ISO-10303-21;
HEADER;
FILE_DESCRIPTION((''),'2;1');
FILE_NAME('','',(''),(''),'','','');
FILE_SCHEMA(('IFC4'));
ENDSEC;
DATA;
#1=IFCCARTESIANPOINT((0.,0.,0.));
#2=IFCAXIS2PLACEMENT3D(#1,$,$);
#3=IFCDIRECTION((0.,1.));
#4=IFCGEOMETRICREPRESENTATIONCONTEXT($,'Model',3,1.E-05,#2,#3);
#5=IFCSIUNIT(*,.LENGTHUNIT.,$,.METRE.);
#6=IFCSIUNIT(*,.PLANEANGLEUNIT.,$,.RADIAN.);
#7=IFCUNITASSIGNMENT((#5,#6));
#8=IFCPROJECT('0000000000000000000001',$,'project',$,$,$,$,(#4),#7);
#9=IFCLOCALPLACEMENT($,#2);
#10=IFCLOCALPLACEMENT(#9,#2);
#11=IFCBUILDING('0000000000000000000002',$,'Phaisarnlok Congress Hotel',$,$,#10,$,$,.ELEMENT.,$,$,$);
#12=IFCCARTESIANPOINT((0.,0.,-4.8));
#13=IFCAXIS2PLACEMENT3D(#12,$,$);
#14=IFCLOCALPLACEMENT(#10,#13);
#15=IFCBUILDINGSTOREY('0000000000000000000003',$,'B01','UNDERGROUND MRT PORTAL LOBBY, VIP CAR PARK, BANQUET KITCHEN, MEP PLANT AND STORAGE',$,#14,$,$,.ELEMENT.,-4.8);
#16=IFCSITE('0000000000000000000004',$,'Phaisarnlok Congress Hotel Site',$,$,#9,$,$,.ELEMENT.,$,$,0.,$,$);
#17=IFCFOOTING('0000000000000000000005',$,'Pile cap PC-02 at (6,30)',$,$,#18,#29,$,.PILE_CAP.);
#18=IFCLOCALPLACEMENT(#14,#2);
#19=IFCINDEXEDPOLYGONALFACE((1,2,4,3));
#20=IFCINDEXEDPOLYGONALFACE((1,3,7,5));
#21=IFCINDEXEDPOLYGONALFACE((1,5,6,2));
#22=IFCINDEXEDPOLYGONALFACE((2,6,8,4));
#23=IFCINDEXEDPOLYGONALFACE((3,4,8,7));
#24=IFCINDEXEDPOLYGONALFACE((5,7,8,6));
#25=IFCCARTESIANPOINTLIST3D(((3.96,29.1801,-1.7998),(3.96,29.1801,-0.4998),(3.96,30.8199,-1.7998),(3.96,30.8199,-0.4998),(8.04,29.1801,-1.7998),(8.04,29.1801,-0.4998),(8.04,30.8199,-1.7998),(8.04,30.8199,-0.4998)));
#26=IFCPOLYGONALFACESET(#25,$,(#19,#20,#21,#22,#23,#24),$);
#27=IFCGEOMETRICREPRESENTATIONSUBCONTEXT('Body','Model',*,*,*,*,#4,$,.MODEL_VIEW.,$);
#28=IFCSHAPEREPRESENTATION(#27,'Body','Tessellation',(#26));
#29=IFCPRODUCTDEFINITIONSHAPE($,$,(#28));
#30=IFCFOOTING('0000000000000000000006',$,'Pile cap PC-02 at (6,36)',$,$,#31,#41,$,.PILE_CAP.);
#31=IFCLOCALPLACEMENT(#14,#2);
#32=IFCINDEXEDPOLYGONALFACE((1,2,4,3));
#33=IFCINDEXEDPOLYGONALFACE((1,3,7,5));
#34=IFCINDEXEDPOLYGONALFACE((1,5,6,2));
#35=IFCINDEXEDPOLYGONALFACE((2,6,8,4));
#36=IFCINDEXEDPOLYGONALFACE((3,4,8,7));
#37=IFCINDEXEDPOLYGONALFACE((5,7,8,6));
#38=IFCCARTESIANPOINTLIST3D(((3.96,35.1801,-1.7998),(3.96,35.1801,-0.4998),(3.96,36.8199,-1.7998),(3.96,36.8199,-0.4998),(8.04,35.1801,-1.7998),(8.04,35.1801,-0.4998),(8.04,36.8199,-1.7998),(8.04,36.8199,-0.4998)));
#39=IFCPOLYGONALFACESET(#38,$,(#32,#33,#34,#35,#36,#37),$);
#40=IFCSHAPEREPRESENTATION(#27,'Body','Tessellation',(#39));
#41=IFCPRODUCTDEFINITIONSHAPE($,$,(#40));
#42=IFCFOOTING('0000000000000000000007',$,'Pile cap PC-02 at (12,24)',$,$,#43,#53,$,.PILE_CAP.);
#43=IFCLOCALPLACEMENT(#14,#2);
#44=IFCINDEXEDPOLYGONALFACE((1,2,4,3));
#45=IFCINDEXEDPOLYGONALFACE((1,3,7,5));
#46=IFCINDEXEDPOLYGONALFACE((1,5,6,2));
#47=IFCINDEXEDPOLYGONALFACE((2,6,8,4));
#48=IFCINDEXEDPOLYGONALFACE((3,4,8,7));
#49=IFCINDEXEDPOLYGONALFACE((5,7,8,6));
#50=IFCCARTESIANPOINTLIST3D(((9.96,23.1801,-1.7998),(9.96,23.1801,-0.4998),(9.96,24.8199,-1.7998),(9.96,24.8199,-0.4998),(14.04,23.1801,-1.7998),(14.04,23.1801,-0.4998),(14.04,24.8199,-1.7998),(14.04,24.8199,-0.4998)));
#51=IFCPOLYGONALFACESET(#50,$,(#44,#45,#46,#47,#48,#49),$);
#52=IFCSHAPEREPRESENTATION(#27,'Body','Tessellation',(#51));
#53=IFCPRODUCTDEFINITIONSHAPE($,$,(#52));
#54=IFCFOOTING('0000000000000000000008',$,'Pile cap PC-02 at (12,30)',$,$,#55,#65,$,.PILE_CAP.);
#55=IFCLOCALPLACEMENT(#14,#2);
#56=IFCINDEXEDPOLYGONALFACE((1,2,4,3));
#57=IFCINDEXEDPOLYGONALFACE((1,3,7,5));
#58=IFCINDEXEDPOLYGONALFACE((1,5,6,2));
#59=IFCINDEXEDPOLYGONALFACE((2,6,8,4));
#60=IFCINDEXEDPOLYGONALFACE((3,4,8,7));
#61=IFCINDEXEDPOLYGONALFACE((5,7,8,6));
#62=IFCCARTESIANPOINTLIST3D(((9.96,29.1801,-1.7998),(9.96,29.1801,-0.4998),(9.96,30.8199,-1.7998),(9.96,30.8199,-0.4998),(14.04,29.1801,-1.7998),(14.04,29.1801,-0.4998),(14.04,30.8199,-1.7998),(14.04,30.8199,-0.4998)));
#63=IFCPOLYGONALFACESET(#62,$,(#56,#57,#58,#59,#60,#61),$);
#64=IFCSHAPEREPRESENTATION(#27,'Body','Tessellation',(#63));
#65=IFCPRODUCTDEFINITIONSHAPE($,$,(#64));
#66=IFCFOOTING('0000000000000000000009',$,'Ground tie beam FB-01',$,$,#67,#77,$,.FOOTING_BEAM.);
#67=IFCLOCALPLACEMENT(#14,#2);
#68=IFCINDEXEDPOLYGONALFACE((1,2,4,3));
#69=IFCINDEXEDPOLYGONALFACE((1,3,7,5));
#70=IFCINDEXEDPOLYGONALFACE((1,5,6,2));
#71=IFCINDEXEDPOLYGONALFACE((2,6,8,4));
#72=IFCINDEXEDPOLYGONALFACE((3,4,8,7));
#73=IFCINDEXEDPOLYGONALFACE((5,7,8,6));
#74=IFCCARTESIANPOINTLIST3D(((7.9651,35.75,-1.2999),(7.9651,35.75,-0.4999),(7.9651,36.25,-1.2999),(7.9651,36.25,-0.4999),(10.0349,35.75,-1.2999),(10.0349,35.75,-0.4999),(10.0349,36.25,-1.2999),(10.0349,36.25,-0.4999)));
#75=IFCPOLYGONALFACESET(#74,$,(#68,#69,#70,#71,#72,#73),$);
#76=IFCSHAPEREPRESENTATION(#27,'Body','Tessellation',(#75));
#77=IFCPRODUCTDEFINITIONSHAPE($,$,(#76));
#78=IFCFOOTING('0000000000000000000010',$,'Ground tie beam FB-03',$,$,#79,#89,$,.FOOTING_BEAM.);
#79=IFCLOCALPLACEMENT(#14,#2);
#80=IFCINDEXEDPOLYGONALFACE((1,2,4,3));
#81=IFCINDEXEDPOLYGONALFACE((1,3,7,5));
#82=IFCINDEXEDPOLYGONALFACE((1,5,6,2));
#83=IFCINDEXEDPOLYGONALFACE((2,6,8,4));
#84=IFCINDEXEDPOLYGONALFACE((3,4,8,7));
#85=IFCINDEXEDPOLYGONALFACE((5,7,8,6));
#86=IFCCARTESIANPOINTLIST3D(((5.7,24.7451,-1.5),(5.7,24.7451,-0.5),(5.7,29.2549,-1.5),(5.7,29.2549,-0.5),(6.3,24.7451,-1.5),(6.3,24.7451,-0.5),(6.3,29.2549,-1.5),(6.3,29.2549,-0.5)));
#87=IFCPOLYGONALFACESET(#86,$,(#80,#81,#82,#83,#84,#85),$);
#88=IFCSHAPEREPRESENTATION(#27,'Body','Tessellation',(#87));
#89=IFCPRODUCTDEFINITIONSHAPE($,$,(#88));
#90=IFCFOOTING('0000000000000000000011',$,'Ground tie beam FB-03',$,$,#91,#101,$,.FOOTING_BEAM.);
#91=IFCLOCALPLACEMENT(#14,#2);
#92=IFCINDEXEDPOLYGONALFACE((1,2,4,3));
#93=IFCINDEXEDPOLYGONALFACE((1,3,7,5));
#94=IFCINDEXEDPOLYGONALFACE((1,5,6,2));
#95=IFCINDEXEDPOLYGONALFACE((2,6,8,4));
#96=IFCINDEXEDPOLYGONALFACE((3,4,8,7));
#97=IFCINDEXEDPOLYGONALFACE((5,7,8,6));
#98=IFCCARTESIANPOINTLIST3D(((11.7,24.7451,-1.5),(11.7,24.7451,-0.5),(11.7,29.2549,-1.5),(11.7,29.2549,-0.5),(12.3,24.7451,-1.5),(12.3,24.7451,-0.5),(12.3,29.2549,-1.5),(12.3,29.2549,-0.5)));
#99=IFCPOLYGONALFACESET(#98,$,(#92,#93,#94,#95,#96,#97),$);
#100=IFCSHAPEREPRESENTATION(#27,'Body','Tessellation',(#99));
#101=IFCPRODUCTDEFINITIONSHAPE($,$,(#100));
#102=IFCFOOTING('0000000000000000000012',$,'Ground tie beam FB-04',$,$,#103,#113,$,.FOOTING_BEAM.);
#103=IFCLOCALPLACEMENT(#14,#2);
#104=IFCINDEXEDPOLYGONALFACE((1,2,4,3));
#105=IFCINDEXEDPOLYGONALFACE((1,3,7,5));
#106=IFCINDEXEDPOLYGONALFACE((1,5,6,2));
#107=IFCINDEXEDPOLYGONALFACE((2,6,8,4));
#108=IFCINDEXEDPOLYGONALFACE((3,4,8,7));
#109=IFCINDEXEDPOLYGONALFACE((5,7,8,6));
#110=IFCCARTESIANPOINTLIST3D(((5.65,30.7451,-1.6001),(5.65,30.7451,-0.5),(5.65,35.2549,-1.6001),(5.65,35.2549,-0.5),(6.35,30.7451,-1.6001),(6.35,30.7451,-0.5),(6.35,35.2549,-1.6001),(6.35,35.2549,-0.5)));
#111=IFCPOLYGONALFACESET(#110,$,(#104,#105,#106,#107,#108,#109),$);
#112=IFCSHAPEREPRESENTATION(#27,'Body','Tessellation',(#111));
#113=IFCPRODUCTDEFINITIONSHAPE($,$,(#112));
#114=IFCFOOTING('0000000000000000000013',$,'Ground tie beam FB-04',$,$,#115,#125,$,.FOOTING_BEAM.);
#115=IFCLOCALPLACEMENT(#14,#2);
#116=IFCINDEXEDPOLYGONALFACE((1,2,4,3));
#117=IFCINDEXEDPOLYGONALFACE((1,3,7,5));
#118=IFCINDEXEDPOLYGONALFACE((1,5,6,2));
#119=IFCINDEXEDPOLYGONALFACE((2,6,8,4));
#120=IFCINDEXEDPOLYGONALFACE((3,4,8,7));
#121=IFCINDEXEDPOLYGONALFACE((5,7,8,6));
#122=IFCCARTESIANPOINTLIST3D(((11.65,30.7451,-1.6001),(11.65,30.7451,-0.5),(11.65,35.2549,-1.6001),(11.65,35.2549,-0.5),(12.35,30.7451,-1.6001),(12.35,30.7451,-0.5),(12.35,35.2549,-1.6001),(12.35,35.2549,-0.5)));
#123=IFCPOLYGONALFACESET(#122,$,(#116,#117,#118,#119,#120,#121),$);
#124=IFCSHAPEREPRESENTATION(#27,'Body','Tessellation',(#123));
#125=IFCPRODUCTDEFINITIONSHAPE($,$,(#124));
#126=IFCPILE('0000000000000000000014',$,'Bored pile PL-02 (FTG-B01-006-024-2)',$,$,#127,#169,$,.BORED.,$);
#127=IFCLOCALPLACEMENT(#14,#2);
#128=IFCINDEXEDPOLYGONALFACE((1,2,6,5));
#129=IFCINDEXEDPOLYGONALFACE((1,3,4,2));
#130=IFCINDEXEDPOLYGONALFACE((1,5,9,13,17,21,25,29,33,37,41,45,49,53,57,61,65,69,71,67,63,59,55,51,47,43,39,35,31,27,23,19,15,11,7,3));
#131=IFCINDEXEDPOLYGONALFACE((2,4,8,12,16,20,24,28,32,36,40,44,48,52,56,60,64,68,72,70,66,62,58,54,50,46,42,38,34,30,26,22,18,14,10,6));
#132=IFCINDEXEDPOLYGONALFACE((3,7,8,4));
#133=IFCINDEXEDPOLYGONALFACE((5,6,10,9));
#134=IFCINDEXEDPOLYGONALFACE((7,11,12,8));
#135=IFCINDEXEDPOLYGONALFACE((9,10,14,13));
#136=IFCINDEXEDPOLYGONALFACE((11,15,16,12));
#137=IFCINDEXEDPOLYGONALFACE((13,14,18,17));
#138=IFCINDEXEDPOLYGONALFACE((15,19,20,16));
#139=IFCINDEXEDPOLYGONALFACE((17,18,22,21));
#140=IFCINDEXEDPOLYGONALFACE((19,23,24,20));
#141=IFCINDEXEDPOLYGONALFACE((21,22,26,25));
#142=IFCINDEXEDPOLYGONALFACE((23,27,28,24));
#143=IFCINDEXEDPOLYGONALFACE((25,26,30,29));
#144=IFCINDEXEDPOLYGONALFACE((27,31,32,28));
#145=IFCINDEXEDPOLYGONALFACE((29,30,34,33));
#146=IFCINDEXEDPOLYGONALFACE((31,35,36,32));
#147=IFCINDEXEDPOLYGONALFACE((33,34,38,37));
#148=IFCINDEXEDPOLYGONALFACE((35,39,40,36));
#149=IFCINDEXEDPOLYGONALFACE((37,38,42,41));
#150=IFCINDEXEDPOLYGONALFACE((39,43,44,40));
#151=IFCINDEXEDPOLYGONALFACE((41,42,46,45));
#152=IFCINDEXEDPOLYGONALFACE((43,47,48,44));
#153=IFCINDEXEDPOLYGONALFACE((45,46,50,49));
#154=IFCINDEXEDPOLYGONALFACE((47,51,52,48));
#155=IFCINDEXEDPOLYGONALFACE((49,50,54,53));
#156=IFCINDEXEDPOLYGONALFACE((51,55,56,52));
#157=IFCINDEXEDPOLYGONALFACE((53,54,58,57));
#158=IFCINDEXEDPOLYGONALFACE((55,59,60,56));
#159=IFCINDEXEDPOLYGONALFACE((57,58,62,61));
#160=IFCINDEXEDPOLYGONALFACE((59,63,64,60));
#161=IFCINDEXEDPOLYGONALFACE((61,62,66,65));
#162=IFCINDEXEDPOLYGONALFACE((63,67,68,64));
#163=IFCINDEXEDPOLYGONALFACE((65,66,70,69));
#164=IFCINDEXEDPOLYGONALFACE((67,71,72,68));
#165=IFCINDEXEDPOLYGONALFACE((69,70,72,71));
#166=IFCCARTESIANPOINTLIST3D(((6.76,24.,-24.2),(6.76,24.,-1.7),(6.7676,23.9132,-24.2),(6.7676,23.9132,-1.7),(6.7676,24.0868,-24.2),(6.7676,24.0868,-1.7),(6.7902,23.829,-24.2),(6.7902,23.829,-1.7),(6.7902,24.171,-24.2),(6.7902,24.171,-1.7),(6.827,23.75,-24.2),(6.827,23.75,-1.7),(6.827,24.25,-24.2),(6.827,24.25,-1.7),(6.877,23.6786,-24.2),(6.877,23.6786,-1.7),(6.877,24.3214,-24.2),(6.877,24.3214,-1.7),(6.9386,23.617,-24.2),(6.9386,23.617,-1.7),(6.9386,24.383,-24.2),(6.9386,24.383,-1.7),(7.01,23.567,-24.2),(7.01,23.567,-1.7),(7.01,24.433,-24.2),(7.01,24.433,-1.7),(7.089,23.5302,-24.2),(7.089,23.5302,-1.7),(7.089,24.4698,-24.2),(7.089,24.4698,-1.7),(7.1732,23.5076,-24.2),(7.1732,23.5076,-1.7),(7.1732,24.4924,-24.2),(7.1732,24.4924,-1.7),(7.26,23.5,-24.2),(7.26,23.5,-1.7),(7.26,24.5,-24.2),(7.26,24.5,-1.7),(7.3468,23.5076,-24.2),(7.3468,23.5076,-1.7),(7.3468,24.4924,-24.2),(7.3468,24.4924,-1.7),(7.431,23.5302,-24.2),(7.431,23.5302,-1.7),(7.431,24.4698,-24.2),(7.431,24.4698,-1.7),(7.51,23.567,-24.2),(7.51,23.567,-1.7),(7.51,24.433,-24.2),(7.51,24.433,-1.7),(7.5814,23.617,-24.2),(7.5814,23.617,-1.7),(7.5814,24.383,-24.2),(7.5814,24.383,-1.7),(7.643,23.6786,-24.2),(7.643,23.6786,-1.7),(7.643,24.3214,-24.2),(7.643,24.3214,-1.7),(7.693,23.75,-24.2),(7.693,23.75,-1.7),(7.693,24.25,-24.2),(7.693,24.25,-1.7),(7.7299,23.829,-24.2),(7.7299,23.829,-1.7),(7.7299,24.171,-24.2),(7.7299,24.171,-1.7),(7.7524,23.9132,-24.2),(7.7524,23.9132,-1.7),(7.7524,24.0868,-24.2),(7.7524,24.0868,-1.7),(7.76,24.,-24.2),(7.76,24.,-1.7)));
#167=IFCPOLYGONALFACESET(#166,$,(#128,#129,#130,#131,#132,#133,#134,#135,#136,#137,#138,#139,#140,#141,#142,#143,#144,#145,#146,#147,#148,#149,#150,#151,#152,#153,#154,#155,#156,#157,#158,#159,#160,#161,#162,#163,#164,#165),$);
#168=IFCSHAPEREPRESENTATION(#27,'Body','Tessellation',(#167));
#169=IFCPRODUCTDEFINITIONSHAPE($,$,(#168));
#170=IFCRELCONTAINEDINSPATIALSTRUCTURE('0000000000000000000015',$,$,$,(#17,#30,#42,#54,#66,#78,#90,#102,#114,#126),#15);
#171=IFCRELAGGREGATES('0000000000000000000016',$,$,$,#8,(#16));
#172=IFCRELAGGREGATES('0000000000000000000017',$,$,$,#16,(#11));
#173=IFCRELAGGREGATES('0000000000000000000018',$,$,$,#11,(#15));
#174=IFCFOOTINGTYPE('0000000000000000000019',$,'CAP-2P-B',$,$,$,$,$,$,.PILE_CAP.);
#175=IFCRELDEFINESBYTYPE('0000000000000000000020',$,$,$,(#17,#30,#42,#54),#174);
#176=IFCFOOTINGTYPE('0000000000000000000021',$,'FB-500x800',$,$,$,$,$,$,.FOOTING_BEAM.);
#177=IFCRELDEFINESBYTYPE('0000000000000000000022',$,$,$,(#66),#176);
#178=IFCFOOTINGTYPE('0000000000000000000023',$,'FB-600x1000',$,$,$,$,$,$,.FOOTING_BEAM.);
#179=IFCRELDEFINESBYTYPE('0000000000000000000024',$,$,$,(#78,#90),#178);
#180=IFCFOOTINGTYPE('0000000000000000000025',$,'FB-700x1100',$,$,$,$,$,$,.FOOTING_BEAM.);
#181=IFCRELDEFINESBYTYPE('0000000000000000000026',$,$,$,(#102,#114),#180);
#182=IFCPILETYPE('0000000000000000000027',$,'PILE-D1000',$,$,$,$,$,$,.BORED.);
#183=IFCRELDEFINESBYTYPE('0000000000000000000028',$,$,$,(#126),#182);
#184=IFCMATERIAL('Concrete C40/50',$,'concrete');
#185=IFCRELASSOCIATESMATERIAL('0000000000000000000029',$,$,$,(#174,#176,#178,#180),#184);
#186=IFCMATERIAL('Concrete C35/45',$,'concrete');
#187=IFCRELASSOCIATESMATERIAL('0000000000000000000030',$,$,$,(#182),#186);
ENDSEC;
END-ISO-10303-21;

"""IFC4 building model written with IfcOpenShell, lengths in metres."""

from ifc_helpers import new_model, si_unit, direction, frame, origin, origin_2d, place, context, subcontext, project, spatial, rectangle, circle, extrude, material, material_profile, profile_set, type_object, element, save


model = new_model("IFC4")

# Units and contexts
model_context = context("Model", 3, precision=1e-05, world=origin(), true_north=direction((0.0, 1.0)))
body_context = subcontext(model_context, "Body", "Model", "MODEL_VIEW")
ifc_project = project(units=[si_unit("LENGTHUNIT", "METRE"), si_unit("PLANEANGLEUNIT", "RADIAN")], contexts=[model_context])

# Site, building, storey
site_placement = place(None, origin())
site = spatial("IfcSite", under=ifc_project, at=site_placement, Name="Phaisarnlok Congress Hotel Site", CompositionType="ELEMENT", RefElevation=0.0)
building_placement = place(site_placement, origin())
building = spatial("IfcBuilding", under=site, at=building_placement, Name="Phaisarnlok Congress Hotel", CompositionType="ELEMENT")
storey_placement = place(building_placement, frame((0.0, 0.0, -4.8)))
storey = spatial("IfcBuildingStorey", under=building, at=storey_placement, Name="B01", Description="UNDERGROUND MRT PORTAL LOBBY, VIP CAR PARK, BANQUET KITCHEN, MEP PLANT AND STORAGE", CompositionType="ELEMENT", Elevation=-4.8)

# Footings
ifc_material_1 = material(Name="Concrete C40/50", Category="concrete")
footing_type_1 = type_object("IfcFootingType", Name="CAP-2P-B", PredefinedType="PILE_CAP", material=ifc_material_1)
for number, where, z_axis, x_axis, name in (
    (1, (6.0, 30.0, -1.7998), (0.0, 0.0, 1.0), (1.0, 0.0, 0.0), "Pile cap PC-02 at (6,30)"),
    (2, (6.0, 36.0, -1.7998), (0.0, 0.0, 1.0), (1.0, 0.0, 0.0), "Pile cap PC-02 at (6,36)"),
    (3, (12.0, 24.0, -1.7998), (0.0, 0.0, 1.0), (1.0, 0.0, 0.0), "Pile cap PC-02 at (12,24)"),
    (4, (12.0, 30.0, -1.7998), (0.0, 0.0, 1.0), (1.0, 0.0, 0.0), "Pile cap PC-02 at (12,30)"),
):
    element("IfcFooting", number, at=place(storey_placement, frame(where, z_axis=z_axis, x_axis=x_axis)), inside=storey, type_object=footing_type_1, Name=name, PredefinedType="PILE_CAP", context=body_context, shape_type="SweptSolid", body=[
        extrude(rectangle(XDim=4.0801, YDim=1.6399, at=origin_2d()), origin(), (0.0, 0.0, 1.0), 1.3),
    ])
ifc_material_profile_1 = material_profile(ifc_material_1, rectangle(XDim=0.5, YDim=0.8, at=origin_2d()), Name="FB-500x800")
ifc_profile_set_1 = profile_set([ifc_material_profile_1], Name="Concrete C40/50")
footing_type_2 = type_object("IfcFootingType", Name="FB-500x800", PredefinedType="FOOTING_BEAM", material=ifc_profile_set_1)
footing_placement = place(storey_placement, frame((7.9651, 36.0, -0.8999), z_axis=(1.0, 0.0, 0.0), x_axis=(0.0, 1.0, 0.0)))
element("IfcFooting", 5, at=footing_placement, inside=storey, type_object=footing_type_2, Name="Ground tie beam FB-01", PredefinedType="FOOTING_BEAM", context=body_context, shape_type="SweptSolid", body=[
    extrude(rectangle(XDim=0.5, YDim=0.8, at=origin_2d()), origin(), (0.0, 0.0, 1.0), 2.0698),
])
ifc_material_profile_2 = material_profile(ifc_material_1, rectangle(XDim=0.6001, YDim=1.0, at=origin_2d()), Name="FB-600x1000")
ifc_profile_set_2 = profile_set([ifc_material_profile_2], Name="Concrete C40/50")
footing_type_3 = type_object("IfcFootingType", Name="FB-600x1000", PredefinedType="FOOTING_BEAM", material=ifc_profile_set_2)
for number, where, z_axis, x_axis, name in (
    (6, (6.0, 24.7451, -1.0), (0.0, 1.0, 0.0), (-1.0, 0.0, 0.0), "Ground tie beam FB-03"),
    (7, (12.0, 24.7451, -1.0), (0.0, 1.0, 0.0), (-1.0, 0.0, 0.0), "Ground tie beam FB-03"),
):
    element("IfcFooting", number, at=place(storey_placement, frame(where, z_axis=z_axis, x_axis=x_axis)), inside=storey, type_object=footing_type_3, Name=name, PredefinedType="FOOTING_BEAM", context=body_context, shape_type="SweptSolid", body=[
        extrude(rectangle(XDim=0.6001, YDim=1.0, at=origin_2d()), origin(), (0.0, 0.0, 1.0), 4.5098),
    ])
ifc_material_profile_3 = material_profile(ifc_material_1, rectangle(XDim=0.7, YDim=1.1001, at=origin_2d()), Name="FB-700x1100")
ifc_profile_set_3 = profile_set([ifc_material_profile_3], Name="Concrete C40/50")
footing_type_4 = type_object("IfcFootingType", Name="FB-700x1100", PredefinedType="FOOTING_BEAM", material=ifc_profile_set_3)
for number, where, z_axis, x_axis, name in (
    (8, (6.0, 30.7451, -1.05), (0.0, 1.0, 0.0), (-1.0, 0.0, 0.0), "Ground tie beam FB-04"),
    (9, (12.0, 30.7451, -1.05), (0.0, 1.0, 0.0), (-1.0, 0.0, 0.0), "Ground tie beam FB-04"),
):
    element("IfcFooting", number, at=place(storey_placement, frame(where, z_axis=z_axis, x_axis=x_axis)), inside=storey, type_object=footing_type_4, Name=name, PredefinedType="FOOTING_BEAM", context=body_context, shape_type="SweptSolid", body=[
        extrude(rectangle(XDim=0.7, YDim=1.1001, at=origin_2d()), origin(), (0.0, 0.0, 1.0), 4.5098),
    ])

# Pile
ifc_material_2 = material(Name="Concrete C35/45", Category="concrete")
ifc_material_profile_4 = material_profile(ifc_material_2, circle(Radius=0.5, at=origin_2d()), Name="BORED PILE D1000")
ifc_profile_set_4 = profile_set([ifc_material_profile_4], Name="Concrete C35/45")
pile_type = type_object("IfcPileType", Name="PILE-D1000", PredefinedType="BORED", material=ifc_profile_set_4)
for number, where, z_axis, x_axis, name in (
    (10, (7.26, 24.0, -1.7), (0.0, 0.0, -1.0), (1.0, 0.0, 0.0), "Bored pile PL-02 (FTG-B01-006-024-2)"),
):
    element("IfcPile", number, at=place(storey_placement, frame(where, z_axis=z_axis, x_axis=x_axis)), inside=storey, type_object=pile_type, Name=name, PredefinedType="BORED", context=body_context, shape_type="SweptSolid", body=[
        extrude(circle(Radius=0.5, at=origin_2d()), origin(), (0.0, 0.0, 1.0), 22.5),
    ])

save(model, "model.ifc")
